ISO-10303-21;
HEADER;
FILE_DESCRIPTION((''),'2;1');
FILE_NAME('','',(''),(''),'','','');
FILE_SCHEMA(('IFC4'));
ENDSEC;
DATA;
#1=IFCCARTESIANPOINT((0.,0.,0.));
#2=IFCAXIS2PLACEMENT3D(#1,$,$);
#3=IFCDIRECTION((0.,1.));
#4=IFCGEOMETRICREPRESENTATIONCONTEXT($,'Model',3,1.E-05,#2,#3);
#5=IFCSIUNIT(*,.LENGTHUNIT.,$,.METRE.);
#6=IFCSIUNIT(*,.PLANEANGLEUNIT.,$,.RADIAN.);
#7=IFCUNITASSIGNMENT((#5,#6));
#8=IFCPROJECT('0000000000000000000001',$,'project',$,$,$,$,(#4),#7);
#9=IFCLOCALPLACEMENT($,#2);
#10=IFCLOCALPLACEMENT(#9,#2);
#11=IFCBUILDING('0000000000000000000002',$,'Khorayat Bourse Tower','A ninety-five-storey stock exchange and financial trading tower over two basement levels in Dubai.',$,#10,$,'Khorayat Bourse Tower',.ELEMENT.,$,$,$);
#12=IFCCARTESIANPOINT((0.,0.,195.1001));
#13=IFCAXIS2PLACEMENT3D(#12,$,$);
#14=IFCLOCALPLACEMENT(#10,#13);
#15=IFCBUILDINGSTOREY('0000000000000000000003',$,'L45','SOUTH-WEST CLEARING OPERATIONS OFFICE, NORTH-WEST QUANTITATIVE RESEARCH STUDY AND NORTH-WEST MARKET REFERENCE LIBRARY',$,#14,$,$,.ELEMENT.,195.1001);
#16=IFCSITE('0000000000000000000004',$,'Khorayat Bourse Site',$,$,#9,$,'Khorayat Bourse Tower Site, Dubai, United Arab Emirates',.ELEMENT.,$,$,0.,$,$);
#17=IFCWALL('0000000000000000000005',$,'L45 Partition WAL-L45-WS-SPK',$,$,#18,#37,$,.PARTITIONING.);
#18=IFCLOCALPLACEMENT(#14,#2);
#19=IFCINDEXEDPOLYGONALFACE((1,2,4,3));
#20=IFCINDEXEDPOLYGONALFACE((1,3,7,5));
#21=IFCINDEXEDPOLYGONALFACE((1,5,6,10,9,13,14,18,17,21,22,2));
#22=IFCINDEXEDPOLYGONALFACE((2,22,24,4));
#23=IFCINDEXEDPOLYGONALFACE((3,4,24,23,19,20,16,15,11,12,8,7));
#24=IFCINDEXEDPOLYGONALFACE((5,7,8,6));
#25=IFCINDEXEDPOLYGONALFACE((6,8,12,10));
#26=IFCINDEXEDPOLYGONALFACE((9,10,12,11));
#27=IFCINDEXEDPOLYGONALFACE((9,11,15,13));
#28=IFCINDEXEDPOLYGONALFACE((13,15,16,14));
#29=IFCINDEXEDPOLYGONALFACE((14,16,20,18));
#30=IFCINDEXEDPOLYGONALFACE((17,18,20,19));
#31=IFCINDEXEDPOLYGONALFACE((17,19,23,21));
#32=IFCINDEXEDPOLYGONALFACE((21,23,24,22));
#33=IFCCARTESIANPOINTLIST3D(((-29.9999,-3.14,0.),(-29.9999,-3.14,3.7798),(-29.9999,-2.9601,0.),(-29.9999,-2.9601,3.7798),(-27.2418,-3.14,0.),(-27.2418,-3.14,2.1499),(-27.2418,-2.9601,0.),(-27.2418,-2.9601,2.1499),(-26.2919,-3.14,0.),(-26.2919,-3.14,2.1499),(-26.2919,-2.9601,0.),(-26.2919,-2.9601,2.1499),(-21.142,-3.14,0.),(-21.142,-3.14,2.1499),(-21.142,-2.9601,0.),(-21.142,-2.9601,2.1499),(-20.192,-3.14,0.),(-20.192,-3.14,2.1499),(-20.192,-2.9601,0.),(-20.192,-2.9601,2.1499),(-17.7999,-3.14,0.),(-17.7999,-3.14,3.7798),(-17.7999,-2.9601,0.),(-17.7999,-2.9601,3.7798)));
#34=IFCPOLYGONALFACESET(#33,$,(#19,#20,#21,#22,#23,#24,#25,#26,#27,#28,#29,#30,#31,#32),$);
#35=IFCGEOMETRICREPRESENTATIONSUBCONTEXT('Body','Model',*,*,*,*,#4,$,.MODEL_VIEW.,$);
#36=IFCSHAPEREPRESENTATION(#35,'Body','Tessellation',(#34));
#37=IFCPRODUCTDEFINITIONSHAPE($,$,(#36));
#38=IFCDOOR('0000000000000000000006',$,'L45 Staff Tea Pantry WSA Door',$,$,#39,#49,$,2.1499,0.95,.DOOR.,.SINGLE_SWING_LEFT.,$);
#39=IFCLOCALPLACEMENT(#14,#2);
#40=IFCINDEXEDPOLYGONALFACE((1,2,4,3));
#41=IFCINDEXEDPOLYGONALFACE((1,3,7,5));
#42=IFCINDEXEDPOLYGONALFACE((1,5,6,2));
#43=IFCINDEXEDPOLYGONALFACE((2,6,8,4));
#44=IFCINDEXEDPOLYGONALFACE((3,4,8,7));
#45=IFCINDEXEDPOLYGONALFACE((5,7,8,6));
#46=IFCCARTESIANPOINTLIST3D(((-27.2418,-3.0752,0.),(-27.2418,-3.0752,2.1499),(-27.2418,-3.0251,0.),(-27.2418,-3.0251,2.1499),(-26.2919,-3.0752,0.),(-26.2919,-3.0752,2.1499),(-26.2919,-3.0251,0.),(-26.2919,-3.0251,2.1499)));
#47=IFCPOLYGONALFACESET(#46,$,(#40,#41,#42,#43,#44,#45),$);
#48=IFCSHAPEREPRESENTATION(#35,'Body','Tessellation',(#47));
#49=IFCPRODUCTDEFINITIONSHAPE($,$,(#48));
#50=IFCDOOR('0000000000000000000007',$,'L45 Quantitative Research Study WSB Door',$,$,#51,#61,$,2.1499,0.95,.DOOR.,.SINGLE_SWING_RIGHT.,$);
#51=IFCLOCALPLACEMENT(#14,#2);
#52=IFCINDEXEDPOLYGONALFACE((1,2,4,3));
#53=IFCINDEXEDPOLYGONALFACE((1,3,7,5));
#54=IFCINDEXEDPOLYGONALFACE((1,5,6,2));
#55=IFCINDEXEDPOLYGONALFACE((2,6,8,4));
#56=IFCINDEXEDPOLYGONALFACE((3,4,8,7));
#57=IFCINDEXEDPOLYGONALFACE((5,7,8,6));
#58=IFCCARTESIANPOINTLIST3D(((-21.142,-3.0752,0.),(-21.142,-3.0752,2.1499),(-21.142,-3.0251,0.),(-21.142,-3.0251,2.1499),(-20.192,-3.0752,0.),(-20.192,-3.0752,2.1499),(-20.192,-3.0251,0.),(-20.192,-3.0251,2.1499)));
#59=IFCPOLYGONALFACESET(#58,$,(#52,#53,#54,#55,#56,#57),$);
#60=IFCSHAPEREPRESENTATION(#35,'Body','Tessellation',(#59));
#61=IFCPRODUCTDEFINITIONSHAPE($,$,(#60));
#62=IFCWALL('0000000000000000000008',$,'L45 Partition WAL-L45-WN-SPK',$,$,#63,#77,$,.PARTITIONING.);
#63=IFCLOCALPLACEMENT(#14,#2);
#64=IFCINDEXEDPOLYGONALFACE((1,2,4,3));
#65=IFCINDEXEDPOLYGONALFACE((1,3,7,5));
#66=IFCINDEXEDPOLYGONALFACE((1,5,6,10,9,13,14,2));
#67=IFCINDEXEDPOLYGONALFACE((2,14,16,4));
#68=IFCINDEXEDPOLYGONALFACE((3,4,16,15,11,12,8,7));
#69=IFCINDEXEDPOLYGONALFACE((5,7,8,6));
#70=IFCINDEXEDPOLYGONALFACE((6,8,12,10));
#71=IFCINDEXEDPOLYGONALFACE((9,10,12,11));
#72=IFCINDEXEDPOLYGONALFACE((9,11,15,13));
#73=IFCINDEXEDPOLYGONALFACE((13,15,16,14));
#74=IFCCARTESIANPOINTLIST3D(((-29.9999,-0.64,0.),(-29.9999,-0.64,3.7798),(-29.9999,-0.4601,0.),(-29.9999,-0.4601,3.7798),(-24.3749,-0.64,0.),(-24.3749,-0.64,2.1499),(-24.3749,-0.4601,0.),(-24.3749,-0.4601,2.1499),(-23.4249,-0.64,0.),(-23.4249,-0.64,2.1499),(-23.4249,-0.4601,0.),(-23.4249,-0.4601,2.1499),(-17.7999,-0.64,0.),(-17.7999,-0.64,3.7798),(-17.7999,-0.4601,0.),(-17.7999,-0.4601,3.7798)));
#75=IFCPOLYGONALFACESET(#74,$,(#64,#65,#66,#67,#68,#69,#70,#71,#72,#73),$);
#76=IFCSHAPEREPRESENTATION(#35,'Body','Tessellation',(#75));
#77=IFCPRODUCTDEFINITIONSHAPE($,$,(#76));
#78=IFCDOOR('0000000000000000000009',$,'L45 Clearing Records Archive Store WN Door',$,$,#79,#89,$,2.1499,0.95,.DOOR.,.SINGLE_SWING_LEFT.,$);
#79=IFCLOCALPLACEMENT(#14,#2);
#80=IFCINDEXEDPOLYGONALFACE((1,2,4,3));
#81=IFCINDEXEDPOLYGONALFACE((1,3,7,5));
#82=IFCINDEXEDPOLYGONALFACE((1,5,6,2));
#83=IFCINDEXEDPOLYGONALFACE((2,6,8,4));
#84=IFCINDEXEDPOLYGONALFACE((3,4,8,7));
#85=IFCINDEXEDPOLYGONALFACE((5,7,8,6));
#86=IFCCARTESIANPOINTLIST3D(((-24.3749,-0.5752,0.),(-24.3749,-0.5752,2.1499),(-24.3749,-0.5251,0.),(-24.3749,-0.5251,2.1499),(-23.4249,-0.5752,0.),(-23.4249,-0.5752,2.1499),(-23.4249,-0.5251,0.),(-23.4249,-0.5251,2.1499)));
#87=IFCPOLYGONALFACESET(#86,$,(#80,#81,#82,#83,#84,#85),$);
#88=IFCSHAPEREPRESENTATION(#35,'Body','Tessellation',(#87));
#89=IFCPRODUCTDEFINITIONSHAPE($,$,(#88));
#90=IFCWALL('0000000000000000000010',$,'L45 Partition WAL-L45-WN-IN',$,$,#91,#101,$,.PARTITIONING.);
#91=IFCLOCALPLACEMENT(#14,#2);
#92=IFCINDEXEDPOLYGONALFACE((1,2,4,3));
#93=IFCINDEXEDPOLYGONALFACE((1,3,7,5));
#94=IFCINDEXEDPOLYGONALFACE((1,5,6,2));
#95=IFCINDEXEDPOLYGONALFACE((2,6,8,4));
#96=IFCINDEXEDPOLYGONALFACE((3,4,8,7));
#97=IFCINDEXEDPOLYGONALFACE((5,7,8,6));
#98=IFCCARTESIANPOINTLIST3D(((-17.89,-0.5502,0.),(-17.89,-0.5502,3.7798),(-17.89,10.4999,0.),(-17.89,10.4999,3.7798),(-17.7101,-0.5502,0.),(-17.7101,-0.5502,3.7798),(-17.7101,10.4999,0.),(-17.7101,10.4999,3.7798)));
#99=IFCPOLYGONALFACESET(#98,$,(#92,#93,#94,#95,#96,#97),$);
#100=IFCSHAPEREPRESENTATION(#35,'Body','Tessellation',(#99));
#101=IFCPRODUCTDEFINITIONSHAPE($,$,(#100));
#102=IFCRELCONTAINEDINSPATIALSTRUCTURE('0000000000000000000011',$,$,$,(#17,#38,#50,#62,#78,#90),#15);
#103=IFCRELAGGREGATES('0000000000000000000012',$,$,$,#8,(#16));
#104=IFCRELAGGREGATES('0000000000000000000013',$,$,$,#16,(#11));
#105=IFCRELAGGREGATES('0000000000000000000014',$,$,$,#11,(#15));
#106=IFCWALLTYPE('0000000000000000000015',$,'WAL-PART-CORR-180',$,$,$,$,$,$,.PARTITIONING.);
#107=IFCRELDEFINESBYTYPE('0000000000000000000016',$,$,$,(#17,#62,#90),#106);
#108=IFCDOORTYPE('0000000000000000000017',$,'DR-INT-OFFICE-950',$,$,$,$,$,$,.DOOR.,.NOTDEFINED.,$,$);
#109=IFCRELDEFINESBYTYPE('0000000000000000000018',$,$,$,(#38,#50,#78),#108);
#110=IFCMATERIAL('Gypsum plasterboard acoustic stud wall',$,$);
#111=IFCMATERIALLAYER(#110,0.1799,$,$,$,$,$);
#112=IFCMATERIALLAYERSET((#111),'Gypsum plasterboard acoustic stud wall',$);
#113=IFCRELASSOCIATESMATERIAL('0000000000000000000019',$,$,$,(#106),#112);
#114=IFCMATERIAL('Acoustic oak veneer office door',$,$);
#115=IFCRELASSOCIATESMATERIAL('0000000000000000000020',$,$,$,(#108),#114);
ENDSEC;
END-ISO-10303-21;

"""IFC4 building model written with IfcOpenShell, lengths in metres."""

from ifc_helpers import new_model, si_unit, direction, frame, frame_2d, origin, place, context, subcontext, project, spatial, rectangle, extrude, source, transform, mapped, material, layer, layer_set, type_object, element, fill, save


model = new_model("IFC4")

# Units and contexts
model_context = context("Model", 3, precision=1e-05, world=origin(), true_north=direction((0.0, 1.0)))
body_context = subcontext(model_context, "Body", "Model", "MODEL_VIEW")
ifc_project = project(units=[si_unit("LENGTHUNIT", "METRE"), si_unit("PLANEANGLEUNIT", "RADIAN")], contexts=[model_context])

# Site, building, storey
site_placement = place(None, origin())
site = spatial("IfcSite", under=ifc_project, at=site_placement, Name="Khorayat Bourse Site", LongName="Khorayat Bourse Tower Site, Dubai, United Arab Emirates", CompositionType="ELEMENT", RefElevation=0.0)
building_placement = place(site_placement, origin())
building = spatial("IfcBuilding", under=site, at=building_placement, Name="Khorayat Bourse Tower", Description="A ninety-five-storey stock exchange and financial trading tower over two basement levels in Dubai.", LongName="Khorayat Bourse Tower", CompositionType="ELEMENT")
storey_placement = place(building_placement, frame((0.0, 0.0, 195.1001)))
storey = spatial("IfcBuildingStorey", under=building, at=storey_placement, Name="L45", Description="SOUTH-WEST CLEARING OPERATIONS OFFICE, NORTH-WEST QUANTITATIVE RESEARCH STUDY AND NORTH-WEST MARKET REFERENCE LIBRARY", CompositionType="ELEMENT", Elevation=195.1001)

# Wall, openings, doors
ifc_material_1 = material(Name="Gypsum plasterboard acoustic stud wall")
ifc_layer_1 = layer(ifc_material_1, 0.1799)
ifc_layer_set_1 = layer_set([ifc_layer_1], Name="Gypsum plasterboard acoustic stud wall")
wall_type = type_object("IfcWallType", Name="WAL-PART-CORR-180", PredefinedType="PARTITIONING", material=ifc_layer_set_1)
shared_shape_1 = source(origin(), body_context, "Body", "SweptSolid", [
    extrude(rectangle(XDim=12.2, YDim=0.1799, at=frame_2d((6.1001, 0.0))), origin(), (0.0, 0.0, 1.0), 3.7798),
])
wall_1_placement = place(storey_placement, frame((-30.0, -3.05, 0.0), z_axis=(0.0, 0.0, 1.0), x_axis=(1.0, 0.0, 0.0)))
wall_1 = element("IfcWall", 1, at=wall_1_placement, inside=storey, type_object=wall_type, Name="L45 Partition WAL-L45-WS-SPK", PredefinedType="PARTITIONING", context=body_context, shape_type="MappedRepresentation", body=[
    mapped(shared_shape_1, transform((0.0, 0.0, 0.0), scale=1.0)),
])
shared_shape_2 = source(origin(), body_context, "Body", "SweptSolid", [
    extrude(rectangle(XDim=0.95, YDim=2.1499, at=frame_2d((0.4751, 1.075))), frame((0.0, 0.0999, 0.0), z_axis=(0.0, -1.0, 0.0), x_axis=(1.0, 0.0, 0.0)), (0.0, 0.0, 1.0), 0.2),
])
opening_1_placement = place(wall_1_placement, frame((2.7581, 0.0, 0.0)))
opening_1 = element("IfcOpeningElement", 2, at=opening_1_placement, cuts=wall_1, PredefinedType="OPENING", context=body_context, shape_type="MappedRepresentation", body=[
    mapped(shared_shape_2, transform((0.0, 0.0, 0.0), scale=1.0)),
])
opening_2_placement = place(wall_1_placement, frame((8.8579, 0.0, 0.0)))
opening_2 = element("IfcOpeningElement", 3, at=opening_2_placement, cuts=wall_1, PredefinedType="OPENING", context=body_context, shape_type="MappedRepresentation", body=[
    mapped(shared_shape_2, transform((0.0, 0.0, 0.0), scale=1.0)),
])
ifc_material_2 = material(Name="Acoustic oak veneer office door")
door_type = type_object("IfcDoorType", Name="DR-INT-OFFICE-950", OperationType="NOTDEFINED", PredefinedType="DOOR", material=ifc_material_2)
shared_shape_3 = source(origin(), body_context, "Body", "SweptSolid", [
    extrude(rectangle(XDim=0.95, YDim=2.1499, at=frame_2d((0.4751, 1.075))), frame((0.0, 0.0249, 0.0), z_axis=(0.0, -1.0, 0.0), x_axis=(1.0, 0.0, 0.0)), (0.0, 0.0, 1.0), 0.05),
])
door_1_placement = place(opening_1_placement, origin())
door_1 = element("IfcDoor", 4, at=door_1_placement, inside=storey, type_object=door_type, Name="L45 Staff Tea Pantry WSA Door", OperationType="SINGLE_SWING_LEFT", OverallHeight=2.1499, OverallWidth=0.95, PredefinedType="DOOR", context=body_context, shape_type="MappedRepresentation", body=[
    mapped(shared_shape_3, transform((0.0, 0.0, 0.0), scale=1.0)),
])
fill(opening_1, door_1)
door_2_placement = place(opening_2_placement, origin())
door_2 = element("IfcDoor", 5, at=door_2_placement, inside=storey, type_object=door_type, Name="L45 Quantitative Research Study WSB Door", OperationType="SINGLE_SWING_RIGHT", OverallHeight=2.1499, OverallWidth=0.95, PredefinedType="DOOR", context=body_context, shape_type="MappedRepresentation", body=[
    mapped(shared_shape_3, transform((0.0, 0.0, 0.0), scale=1.0)),
])
fill(opening_2, door_2)

# Wall, opening, door
wall_2_placement = place(storey_placement, frame((-30.0, -0.55, 0.0), z_axis=(0.0, 0.0, 1.0), x_axis=(1.0, 0.0, 0.0)))
wall_2 = element("IfcWall", 6, at=wall_2_placement, inside=storey, type_object=wall_type, Name="L45 Partition WAL-L45-WN-SPK", PredefinedType="PARTITIONING", context=body_context, shape_type="MappedRepresentation", body=[
    mapped(shared_shape_1, transform((0.0, 0.0, 0.0), scale=1.0)),
])
opening_3_placement = place(wall_2_placement, frame((5.625, 0.0, 0.0)))
opening_3 = element("IfcOpeningElement", 7, at=opening_3_placement, cuts=wall_2, PredefinedType="OPENING", context=body_context, shape_type="MappedRepresentation", body=[
    mapped(shared_shape_2, transform((0.0, 0.0, 0.0), scale=1.0)),
])
door_3_placement = place(opening_3_placement, origin())
door_3 = element("IfcDoor", 8, at=door_3_placement, inside=storey, type_object=door_type, Name="L45 Clearing Records Archive Store WN Door", OperationType="SINGLE_SWING_LEFT", OverallHeight=2.1499, OverallWidth=0.95, PredefinedType="DOOR", context=body_context, shape_type="MappedRepresentation", body=[
    mapped(shared_shape_3, transform((0.0, 0.0, 0.0), scale=1.0)),
])
fill(opening_3, door_3)

# Wall
shared_shape_4 = source(origin(), body_context, "Body", "SweptSolid", [
    extrude(rectangle(XDim=11.05, YDim=0.1799, at=frame_2d((5.5249, 0.0))), origin(), (0.0, 0.0, 1.0), 3.7798),
])
wall_3_placement = place(storey_placement, frame((-17.8, -0.55, 0.0), z_axis=(0.0, 0.0, 1.0), x_axis=(0.0, 1.0, 0.0)))
element("IfcWall", 9, at=wall_3_placement, inside=storey, type_object=wall_type, Name="L45 Partition WAL-L45-WN-IN", PredefinedType="PARTITIONING", context=body_context, shape_type="MappedRepresentation", body=[
    mapped(shared_shape_4, transform((0.0, 0.0, 0.0), scale=1.0)),
])

save(model, "model.ifc")
